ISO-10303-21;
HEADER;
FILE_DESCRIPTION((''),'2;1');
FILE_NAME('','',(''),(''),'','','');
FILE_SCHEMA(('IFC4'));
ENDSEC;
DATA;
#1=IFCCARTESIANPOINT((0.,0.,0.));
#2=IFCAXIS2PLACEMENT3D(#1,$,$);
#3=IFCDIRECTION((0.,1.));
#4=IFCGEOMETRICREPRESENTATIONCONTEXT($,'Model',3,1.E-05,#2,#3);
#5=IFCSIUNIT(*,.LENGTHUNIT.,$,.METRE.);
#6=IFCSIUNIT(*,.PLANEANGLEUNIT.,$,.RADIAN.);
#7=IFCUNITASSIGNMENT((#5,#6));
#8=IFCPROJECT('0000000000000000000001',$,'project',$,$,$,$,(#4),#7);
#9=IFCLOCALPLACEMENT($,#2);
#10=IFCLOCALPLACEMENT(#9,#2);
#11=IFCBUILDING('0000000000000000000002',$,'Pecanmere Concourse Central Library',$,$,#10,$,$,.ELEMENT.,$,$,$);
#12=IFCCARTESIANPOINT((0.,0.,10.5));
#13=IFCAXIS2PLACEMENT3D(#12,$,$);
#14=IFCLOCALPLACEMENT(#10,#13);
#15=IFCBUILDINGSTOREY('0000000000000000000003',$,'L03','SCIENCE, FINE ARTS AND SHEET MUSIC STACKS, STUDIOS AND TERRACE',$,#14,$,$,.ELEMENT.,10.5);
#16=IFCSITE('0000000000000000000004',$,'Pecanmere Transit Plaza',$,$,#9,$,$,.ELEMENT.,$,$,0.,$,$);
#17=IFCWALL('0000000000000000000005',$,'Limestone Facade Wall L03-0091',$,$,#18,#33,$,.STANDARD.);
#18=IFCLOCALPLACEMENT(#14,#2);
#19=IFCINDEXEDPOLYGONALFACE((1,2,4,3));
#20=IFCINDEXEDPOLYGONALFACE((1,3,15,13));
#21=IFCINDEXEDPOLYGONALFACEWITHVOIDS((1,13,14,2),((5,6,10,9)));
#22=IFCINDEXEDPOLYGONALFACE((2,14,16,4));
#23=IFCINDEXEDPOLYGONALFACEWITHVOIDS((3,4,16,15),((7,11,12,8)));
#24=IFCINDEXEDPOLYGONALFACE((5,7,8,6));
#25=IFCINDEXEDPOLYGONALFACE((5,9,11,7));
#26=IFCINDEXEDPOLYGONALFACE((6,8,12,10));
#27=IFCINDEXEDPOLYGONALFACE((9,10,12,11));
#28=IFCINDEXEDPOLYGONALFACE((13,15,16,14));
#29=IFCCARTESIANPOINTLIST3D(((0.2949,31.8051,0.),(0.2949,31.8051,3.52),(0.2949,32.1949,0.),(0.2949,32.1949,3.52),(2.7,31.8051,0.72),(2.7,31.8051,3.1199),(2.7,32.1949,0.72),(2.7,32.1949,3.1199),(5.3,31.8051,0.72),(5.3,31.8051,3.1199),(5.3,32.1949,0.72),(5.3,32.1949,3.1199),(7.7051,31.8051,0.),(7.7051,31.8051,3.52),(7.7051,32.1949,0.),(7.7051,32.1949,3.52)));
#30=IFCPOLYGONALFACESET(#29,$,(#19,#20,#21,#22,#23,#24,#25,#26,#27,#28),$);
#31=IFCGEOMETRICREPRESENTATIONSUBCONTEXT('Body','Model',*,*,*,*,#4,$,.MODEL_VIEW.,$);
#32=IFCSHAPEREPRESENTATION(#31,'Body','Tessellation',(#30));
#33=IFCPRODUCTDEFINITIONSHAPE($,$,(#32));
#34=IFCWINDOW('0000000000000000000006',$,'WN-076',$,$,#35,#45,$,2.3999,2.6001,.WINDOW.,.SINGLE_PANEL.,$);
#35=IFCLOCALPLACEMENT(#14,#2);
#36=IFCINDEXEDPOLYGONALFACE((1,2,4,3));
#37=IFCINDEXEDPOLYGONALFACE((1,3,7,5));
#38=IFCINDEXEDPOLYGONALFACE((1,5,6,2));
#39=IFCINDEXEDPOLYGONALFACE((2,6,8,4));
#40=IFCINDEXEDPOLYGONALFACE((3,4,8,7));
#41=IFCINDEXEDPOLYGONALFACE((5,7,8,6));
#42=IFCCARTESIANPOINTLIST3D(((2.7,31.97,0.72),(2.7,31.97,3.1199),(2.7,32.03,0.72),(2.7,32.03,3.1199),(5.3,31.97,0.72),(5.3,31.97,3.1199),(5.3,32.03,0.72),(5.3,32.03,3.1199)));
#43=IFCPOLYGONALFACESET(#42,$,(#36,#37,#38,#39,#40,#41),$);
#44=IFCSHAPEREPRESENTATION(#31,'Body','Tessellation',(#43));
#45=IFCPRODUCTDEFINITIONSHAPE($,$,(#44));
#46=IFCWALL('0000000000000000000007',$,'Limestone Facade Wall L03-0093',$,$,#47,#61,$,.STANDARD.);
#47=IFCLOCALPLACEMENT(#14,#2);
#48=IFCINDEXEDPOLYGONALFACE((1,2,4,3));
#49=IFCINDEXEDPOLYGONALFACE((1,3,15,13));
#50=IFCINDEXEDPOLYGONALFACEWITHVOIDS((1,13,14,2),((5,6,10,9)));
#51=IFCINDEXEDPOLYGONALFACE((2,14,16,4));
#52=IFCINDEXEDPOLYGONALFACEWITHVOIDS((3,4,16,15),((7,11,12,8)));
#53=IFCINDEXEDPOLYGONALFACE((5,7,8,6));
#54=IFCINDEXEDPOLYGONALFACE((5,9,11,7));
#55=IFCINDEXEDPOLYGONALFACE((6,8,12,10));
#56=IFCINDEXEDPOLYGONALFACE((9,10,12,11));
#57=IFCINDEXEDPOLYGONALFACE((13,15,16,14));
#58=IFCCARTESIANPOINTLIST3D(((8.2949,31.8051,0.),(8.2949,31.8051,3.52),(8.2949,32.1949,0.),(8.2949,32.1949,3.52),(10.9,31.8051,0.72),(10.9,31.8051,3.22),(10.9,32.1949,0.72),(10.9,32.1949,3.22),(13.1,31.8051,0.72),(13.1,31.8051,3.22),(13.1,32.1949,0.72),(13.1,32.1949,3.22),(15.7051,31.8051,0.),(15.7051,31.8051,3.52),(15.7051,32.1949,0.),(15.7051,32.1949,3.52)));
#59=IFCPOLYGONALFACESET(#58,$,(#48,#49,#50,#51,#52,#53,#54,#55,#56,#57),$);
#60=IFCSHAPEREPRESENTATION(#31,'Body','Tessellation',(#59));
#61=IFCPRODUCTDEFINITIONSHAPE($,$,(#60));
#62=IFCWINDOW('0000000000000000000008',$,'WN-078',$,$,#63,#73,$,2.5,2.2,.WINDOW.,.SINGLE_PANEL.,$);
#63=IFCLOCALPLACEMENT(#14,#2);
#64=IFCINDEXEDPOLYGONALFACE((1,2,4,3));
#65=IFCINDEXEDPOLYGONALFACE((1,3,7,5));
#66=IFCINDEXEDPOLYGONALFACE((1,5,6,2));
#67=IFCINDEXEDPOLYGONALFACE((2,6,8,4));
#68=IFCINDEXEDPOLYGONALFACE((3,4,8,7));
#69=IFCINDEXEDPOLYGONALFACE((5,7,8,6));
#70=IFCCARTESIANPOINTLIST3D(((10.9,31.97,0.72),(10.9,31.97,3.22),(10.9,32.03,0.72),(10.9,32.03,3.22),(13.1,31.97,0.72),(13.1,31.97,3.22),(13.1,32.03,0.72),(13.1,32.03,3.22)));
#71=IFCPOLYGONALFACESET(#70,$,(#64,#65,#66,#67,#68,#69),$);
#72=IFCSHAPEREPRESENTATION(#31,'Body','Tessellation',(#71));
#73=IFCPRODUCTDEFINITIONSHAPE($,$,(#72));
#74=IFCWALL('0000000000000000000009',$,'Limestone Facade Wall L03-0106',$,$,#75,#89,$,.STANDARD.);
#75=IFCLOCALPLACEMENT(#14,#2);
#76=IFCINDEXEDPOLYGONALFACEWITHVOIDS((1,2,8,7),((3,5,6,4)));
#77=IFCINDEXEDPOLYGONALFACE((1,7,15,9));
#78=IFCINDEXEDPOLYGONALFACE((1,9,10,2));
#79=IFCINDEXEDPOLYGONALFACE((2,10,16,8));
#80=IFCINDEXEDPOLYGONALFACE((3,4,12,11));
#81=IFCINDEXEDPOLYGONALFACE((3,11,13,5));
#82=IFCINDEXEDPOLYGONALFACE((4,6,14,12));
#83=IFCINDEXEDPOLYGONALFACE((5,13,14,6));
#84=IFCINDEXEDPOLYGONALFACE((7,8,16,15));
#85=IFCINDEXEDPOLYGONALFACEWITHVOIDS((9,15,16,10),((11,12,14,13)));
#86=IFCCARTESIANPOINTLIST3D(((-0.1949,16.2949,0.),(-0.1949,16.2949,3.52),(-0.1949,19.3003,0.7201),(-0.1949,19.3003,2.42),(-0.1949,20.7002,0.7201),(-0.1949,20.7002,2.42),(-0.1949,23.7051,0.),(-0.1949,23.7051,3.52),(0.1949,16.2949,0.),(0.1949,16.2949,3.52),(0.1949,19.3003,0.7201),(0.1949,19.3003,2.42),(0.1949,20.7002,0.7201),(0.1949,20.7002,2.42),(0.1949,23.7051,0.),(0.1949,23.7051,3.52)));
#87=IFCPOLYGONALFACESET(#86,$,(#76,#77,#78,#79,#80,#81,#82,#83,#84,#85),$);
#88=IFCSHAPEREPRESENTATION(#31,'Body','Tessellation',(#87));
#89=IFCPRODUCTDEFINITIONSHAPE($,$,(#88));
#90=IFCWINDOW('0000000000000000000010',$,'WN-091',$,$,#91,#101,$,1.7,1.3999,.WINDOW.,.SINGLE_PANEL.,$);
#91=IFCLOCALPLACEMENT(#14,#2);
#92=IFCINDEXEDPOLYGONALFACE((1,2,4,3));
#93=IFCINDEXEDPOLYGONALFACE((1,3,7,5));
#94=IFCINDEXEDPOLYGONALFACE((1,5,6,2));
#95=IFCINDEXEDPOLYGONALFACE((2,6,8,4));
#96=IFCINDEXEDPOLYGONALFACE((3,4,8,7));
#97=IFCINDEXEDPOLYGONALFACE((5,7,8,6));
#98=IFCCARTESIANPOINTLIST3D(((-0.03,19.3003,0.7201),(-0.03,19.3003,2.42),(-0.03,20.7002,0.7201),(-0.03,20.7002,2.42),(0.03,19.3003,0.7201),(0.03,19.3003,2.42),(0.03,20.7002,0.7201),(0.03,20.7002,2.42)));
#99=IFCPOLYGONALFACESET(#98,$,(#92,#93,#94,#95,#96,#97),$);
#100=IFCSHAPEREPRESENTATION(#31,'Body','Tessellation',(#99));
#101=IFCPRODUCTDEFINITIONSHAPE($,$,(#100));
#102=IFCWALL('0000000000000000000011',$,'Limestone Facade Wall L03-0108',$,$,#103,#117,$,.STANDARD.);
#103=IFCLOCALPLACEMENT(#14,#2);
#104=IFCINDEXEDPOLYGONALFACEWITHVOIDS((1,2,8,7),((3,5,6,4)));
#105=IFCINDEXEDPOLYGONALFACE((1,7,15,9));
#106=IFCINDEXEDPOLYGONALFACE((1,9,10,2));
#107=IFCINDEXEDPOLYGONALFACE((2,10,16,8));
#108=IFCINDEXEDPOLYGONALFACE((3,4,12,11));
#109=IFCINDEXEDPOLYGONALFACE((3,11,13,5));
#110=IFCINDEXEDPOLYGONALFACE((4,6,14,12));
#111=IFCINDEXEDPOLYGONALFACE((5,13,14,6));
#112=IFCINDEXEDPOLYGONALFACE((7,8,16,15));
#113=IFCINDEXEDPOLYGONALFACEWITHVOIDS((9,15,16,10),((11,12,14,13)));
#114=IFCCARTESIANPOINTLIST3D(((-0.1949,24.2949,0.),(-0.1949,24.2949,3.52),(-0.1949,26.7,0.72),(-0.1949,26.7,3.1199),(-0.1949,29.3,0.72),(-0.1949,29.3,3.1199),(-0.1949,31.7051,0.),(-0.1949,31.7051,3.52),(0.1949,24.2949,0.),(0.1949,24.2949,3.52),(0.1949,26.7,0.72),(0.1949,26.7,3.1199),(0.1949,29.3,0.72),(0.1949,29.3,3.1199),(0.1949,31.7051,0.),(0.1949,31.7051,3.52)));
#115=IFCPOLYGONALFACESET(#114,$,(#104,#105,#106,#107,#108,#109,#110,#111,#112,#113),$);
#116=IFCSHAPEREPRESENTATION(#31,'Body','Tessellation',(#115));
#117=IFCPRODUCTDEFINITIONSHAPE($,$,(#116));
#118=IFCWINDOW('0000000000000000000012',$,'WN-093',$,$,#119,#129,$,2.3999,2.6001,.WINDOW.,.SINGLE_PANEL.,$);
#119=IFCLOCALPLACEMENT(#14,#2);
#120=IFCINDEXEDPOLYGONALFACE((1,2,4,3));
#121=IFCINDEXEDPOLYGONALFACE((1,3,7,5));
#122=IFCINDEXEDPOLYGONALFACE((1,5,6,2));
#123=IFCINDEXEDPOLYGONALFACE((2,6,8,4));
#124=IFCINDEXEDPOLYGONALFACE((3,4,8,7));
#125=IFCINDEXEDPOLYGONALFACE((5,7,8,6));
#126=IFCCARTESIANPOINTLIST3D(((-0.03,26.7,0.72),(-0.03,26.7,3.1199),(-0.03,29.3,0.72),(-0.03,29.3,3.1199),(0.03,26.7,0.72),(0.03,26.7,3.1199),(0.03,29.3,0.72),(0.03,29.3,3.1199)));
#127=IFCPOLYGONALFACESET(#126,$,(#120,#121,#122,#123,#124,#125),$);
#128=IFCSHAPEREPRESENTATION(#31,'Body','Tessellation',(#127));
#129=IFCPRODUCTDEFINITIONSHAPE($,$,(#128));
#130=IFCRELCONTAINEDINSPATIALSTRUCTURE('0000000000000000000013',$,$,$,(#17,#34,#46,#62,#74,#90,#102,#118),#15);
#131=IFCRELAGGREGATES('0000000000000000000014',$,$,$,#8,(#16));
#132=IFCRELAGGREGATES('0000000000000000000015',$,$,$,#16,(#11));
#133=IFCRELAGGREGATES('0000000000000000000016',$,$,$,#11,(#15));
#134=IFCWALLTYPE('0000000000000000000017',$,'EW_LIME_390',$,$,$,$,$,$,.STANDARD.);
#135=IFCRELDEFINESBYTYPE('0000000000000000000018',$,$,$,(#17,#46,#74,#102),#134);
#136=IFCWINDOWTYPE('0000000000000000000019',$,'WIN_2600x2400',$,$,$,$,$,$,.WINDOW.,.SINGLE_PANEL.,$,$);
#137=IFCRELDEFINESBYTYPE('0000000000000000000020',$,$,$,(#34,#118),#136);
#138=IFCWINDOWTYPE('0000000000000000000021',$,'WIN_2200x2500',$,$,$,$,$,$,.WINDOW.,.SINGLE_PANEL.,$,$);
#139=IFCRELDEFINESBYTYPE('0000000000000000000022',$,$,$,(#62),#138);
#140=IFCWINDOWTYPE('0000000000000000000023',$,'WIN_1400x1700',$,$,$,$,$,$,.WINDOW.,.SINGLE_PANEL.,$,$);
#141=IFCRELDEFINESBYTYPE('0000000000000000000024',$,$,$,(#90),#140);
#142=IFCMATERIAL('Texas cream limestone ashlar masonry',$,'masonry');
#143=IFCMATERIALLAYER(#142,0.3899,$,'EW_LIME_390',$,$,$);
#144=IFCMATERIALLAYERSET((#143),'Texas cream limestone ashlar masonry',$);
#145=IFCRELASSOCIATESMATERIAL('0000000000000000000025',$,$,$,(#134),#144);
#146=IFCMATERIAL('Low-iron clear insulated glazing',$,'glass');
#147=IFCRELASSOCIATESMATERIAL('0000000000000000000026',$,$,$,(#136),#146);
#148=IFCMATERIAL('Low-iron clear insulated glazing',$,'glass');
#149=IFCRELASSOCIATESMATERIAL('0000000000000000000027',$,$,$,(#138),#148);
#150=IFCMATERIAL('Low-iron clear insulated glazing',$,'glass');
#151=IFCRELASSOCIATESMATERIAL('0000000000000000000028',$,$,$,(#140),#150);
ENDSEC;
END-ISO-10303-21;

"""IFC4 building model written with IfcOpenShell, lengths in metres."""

from ifc_helpers import new_model, si_unit, direction, frame, frame_2d, origin, place, context, subcontext, project, spatial, rectangle, extrude, material, layer, layer_set, type_object, element, fill, save


model = new_model("IFC4")

# Units and contexts
model_context = context("Model", 3, precision=1e-05, world=origin(), true_north=direction((0.0, 1.0)))
body_context = subcontext(model_context, "Body", "Model", "MODEL_VIEW")
ifc_project = project(units=[si_unit("LENGTHUNIT", "METRE"), si_unit("PLANEANGLEUNIT", "RADIAN")], contexts=[model_context])

# Site, building, storey
site_placement = place(None, origin())
site = spatial("IfcSite", under=ifc_project, at=site_placement, Name="Pecanmere Transit Plaza", CompositionType="ELEMENT", RefElevation=0.0)
building_placement = place(site_placement, origin())
building = spatial("IfcBuilding", under=site, at=building_placement, Name="Pecanmere Concourse Central Library", CompositionType="ELEMENT")
storey_placement = place(building_placement, frame((0.0, 0.0, 10.5)))
storey = spatial("IfcBuildingStorey", under=building, at=storey_placement, Name="L03", Description="SCIENCE, FINE ARTS AND SHEET MUSIC STACKS, STUDIOS AND TERRACE", CompositionType="ELEMENT", Elevation=10.5)

# Walls, openings, windows
ifc_material_1 = material(Name="Texas cream limestone ashlar masonry", Category="masonry")
ifc_layer = layer(ifc_material_1, 0.3899, Name="EW_LIME_390")
ifc_layer_set = layer_set([ifc_layer], Name="Texas cream limestone ashlar masonry")
wall_type = type_object("IfcWallType", Name="EW_LIME_390", PredefinedType="STANDARD", material=ifc_layer_set)
wall_1_placement = place(storey_placement, frame((7.7051, 32.0, 0.0), z_axis=(0.0, 0.0, 1.0), x_axis=(-1.0, 0.0, 0.0)))
wall_1 = element("IfcWall", 1, at=wall_1_placement, inside=storey, type_object=wall_type, Name="Limestone Facade Wall L03-0091", PredefinedType="STANDARD", context=body_context, shape_type="SweptSolid", body=[
    extrude(rectangle(XDim=7.4102, YDim=0.3899, at=frame_2d((3.7051, 0.0))), origin(), (0.0, 0.0, 1.0), 3.52),
])
opening_1_placement = place(wall_1_placement, frame((2.405, 0.0, 0.72)))
opening_1 = element("IfcOpeningElement", 2, at=opening_1_placement, cuts=wall_1, PredefinedType="OPENING", context=body_context, shape_type="SweptSolid", body=[
    extrude(rectangle(XDim=2.6001, YDim=2.3999, at=frame_2d((1.3, 1.2))), frame((0.0, 0.207, 0.0), z_axis=(0.0, -1.0, 0.0), x_axis=(1.0, 0.0, 0.0)), (0.0, 0.0, 1.0), 0.4138),
])
ifc_material_2 = material(Name="Low-iron clear insulated glazing", Category="glass")
window_type_1 = type_object("IfcWindowType", Name="WIN_2600x2400", PartitioningType="SINGLE_PANEL", PredefinedType="WINDOW", material=ifc_material_2)
window_1_placement = place(opening_1_placement, origin())
window_1 = element("IfcWindow", 3, at=window_1_placement, inside=storey, type_object=window_type_1, Name="WN-076", OverallHeight=2.3999, OverallWidth=2.6001, PartitioningType="SINGLE_PANEL", PredefinedType="WINDOW", context=body_context, shape_type="SweptSolid", body=[
    extrude(rectangle(XDim=2.6001, YDim=2.3999, at=frame_2d((1.3, 1.2))), frame((0.0, 0.03, 0.0), z_axis=(0.0, -1.0, 0.0), x_axis=(1.0, 0.0, 0.0)), (0.0, 0.0, 1.0), 0.0601),
])
fill(opening_1, window_1)
wall_2_placement = place(storey_placement, frame((15.7051, 32.0, 0.0), z_axis=(0.0, 0.0, 1.0), x_axis=(-1.0, 0.0, 0.0)))
wall_2 = element("IfcWall", 4, at=wall_2_placement, inside=storey, type_object=wall_type, Name="Limestone Facade Wall L03-0093", PredefinedType="STANDARD", context=body_context, shape_type="SweptSolid", body=[
    extrude(rectangle(XDim=7.4102, YDim=0.3899, at=frame_2d((3.7051, 0.0))), origin(), (0.0, 0.0, 1.0), 3.52),
])
opening_2_placement = place(wall_2_placement, frame((2.605, 0.0, 0.72)))
opening_2 = element("IfcOpeningElement", 5, at=opening_2_placement, cuts=wall_2, PredefinedType="OPENING", context=body_context, shape_type="SweptSolid", body=[
    extrude(rectangle(XDim=2.2, YDim=2.5, at=frame_2d((1.1001, 1.25))), frame((0.0, 0.207, 0.0), z_axis=(0.0, -1.0, 0.0), x_axis=(1.0, 0.0, 0.0)), (0.0, 0.0, 1.0), 0.4138),
])
ifc_material_3 = material(Name="Low-iron clear insulated glazing", Category="glass")
window_type_2 = type_object("IfcWindowType", Name="WIN_2200x2500", PartitioningType="SINGLE_PANEL", PredefinedType="WINDOW", material=ifc_material_3)
window_2_placement = place(opening_2_placement, origin())
window_2 = element("IfcWindow", 6, at=window_2_placement, inside=storey, type_object=window_type_2, Name="WN-078", OverallHeight=2.5, OverallWidth=2.2, PartitioningType="SINGLE_PANEL", PredefinedType="WINDOW", context=body_context, shape_type="SweptSolid", body=[
    extrude(rectangle(XDim=2.2, YDim=2.5, at=frame_2d((1.1001, 1.25))), frame((0.0, 0.03, 0.0), z_axis=(0.0, -1.0, 0.0), x_axis=(1.0, 0.0, 0.0)), (0.0, 0.0, 1.0), 0.0601),
])
fill(opening_2, window_2)
wall_3_placement = place(storey_placement, frame((0.0, 23.7051, 0.0), z_axis=(0.0, 0.0, 1.0), x_axis=(0.0, -1.0, 0.0)))
wall_3 = element("IfcWall", 7, at=wall_3_placement, inside=storey, type_object=wall_type, Name="Limestone Facade Wall L03-0106", PredefinedType="STANDARD", context=body_context, shape_type="SweptSolid", body=[
    extrude(rectangle(XDim=7.4102, YDim=0.3899, at=frame_2d((3.7051, 0.0))), origin(), (0.0, 0.0, 1.0), 3.52),
])
opening_3_placement = place(wall_3_placement, frame((3.0049, 0.0, 0.72)))
opening_3 = element("IfcOpeningElement", 8, at=opening_3_placement, cuts=wall_3, PredefinedType="OPENING", context=body_context, shape_type="SweptSolid", body=[
    extrude(rectangle(XDim=1.3999, YDim=1.7, at=frame_2d((0.7, 0.8501))), frame((0.0, 0.207, 0.0), z_axis=(0.0, -1.0, 0.0), x_axis=(1.0, 0.0, 0.0)), (0.0, 0.0, 1.0), 0.4138),
])
ifc_material_4 = material(Name="Low-iron clear insulated glazing", Category="glass")
window_type_3 = type_object("IfcWindowType", Name="WIN_1400x1700", PartitioningType="SINGLE_PANEL", PredefinedType="WINDOW", material=ifc_material_4)
window_3_placement = place(opening_3_placement, origin())
window_3 = element("IfcWindow", 9, at=window_3_placement, inside=storey, type_object=window_type_3, Name="WN-091", OverallHeight=1.7, OverallWidth=1.3999, PartitioningType="SINGLE_PANEL", PredefinedType="WINDOW", context=body_context, shape_type="SweptSolid", body=[
    extrude(rectangle(XDim=1.3999, YDim=1.7, at=frame_2d((0.7, 0.8501))), frame((0.0, 0.03, 0.0), z_axis=(0.0, -1.0, 0.0), x_axis=(1.0, 0.0, 0.0)), (0.0, 0.0, 1.0), 0.0601),
])
fill(opening_3, window_3)
wall_4_placement = place(storey_placement, frame((0.0, 31.7051, 0.0), z_axis=(0.0, 0.0, 1.0), x_axis=(0.0, -1.0, 0.0)))
wall_4 = element("IfcWall", 10, at=wall_4_placement, inside=storey, type_object=wall_type, Name="Limestone Facade Wall L03-0108", PredefinedType="STANDARD", context=body_context, shape_type="SweptSolid", body=[
    extrude(rectangle(XDim=7.4102, YDim=0.3899, at=frame_2d((3.7051, 0.0))), origin(), (0.0, 0.0, 1.0), 3.52),
])
opening_4_placement = place(wall_4_placement, frame((2.405, 0.0, 0.72)))
opening_4 = element("IfcOpeningElement", 11, at=opening_4_placement, cuts=wall_4, PredefinedType="OPENING", context=body_context, shape_type="SweptSolid", body=[
    extrude(rectangle(XDim=2.6001, YDim=2.3999, at=frame_2d((1.3, 1.2))), frame((0.0, 0.207, 0.0), z_axis=(0.0, -1.0, 0.0), x_axis=(1.0, 0.0, 0.0)), (0.0, 0.0, 1.0), 0.4138),
])
window_4_placement = place(opening_4_placement, origin())
window_4 = element("IfcWindow", 12, at=window_4_placement, inside=storey, type_object=window_type_1, Name="WN-093", OverallHeight=2.3999, OverallWidth=2.6001, PartitioningType="SINGLE_PANEL", PredefinedType="WINDOW", context=body_context, shape_type="SweptSolid", body=[
    extrude(rectangle(XDim=2.6001, YDim=2.3999, at=frame_2d((1.3, 1.2))), frame((0.0, 0.03, 0.0), z_axis=(0.0, -1.0, 0.0), x_axis=(1.0, 0.0, 0.0)), (0.0, 0.0, 1.0), 0.0601),
])
fill(opening_4, window_4)

save(model, "model.ifc")
